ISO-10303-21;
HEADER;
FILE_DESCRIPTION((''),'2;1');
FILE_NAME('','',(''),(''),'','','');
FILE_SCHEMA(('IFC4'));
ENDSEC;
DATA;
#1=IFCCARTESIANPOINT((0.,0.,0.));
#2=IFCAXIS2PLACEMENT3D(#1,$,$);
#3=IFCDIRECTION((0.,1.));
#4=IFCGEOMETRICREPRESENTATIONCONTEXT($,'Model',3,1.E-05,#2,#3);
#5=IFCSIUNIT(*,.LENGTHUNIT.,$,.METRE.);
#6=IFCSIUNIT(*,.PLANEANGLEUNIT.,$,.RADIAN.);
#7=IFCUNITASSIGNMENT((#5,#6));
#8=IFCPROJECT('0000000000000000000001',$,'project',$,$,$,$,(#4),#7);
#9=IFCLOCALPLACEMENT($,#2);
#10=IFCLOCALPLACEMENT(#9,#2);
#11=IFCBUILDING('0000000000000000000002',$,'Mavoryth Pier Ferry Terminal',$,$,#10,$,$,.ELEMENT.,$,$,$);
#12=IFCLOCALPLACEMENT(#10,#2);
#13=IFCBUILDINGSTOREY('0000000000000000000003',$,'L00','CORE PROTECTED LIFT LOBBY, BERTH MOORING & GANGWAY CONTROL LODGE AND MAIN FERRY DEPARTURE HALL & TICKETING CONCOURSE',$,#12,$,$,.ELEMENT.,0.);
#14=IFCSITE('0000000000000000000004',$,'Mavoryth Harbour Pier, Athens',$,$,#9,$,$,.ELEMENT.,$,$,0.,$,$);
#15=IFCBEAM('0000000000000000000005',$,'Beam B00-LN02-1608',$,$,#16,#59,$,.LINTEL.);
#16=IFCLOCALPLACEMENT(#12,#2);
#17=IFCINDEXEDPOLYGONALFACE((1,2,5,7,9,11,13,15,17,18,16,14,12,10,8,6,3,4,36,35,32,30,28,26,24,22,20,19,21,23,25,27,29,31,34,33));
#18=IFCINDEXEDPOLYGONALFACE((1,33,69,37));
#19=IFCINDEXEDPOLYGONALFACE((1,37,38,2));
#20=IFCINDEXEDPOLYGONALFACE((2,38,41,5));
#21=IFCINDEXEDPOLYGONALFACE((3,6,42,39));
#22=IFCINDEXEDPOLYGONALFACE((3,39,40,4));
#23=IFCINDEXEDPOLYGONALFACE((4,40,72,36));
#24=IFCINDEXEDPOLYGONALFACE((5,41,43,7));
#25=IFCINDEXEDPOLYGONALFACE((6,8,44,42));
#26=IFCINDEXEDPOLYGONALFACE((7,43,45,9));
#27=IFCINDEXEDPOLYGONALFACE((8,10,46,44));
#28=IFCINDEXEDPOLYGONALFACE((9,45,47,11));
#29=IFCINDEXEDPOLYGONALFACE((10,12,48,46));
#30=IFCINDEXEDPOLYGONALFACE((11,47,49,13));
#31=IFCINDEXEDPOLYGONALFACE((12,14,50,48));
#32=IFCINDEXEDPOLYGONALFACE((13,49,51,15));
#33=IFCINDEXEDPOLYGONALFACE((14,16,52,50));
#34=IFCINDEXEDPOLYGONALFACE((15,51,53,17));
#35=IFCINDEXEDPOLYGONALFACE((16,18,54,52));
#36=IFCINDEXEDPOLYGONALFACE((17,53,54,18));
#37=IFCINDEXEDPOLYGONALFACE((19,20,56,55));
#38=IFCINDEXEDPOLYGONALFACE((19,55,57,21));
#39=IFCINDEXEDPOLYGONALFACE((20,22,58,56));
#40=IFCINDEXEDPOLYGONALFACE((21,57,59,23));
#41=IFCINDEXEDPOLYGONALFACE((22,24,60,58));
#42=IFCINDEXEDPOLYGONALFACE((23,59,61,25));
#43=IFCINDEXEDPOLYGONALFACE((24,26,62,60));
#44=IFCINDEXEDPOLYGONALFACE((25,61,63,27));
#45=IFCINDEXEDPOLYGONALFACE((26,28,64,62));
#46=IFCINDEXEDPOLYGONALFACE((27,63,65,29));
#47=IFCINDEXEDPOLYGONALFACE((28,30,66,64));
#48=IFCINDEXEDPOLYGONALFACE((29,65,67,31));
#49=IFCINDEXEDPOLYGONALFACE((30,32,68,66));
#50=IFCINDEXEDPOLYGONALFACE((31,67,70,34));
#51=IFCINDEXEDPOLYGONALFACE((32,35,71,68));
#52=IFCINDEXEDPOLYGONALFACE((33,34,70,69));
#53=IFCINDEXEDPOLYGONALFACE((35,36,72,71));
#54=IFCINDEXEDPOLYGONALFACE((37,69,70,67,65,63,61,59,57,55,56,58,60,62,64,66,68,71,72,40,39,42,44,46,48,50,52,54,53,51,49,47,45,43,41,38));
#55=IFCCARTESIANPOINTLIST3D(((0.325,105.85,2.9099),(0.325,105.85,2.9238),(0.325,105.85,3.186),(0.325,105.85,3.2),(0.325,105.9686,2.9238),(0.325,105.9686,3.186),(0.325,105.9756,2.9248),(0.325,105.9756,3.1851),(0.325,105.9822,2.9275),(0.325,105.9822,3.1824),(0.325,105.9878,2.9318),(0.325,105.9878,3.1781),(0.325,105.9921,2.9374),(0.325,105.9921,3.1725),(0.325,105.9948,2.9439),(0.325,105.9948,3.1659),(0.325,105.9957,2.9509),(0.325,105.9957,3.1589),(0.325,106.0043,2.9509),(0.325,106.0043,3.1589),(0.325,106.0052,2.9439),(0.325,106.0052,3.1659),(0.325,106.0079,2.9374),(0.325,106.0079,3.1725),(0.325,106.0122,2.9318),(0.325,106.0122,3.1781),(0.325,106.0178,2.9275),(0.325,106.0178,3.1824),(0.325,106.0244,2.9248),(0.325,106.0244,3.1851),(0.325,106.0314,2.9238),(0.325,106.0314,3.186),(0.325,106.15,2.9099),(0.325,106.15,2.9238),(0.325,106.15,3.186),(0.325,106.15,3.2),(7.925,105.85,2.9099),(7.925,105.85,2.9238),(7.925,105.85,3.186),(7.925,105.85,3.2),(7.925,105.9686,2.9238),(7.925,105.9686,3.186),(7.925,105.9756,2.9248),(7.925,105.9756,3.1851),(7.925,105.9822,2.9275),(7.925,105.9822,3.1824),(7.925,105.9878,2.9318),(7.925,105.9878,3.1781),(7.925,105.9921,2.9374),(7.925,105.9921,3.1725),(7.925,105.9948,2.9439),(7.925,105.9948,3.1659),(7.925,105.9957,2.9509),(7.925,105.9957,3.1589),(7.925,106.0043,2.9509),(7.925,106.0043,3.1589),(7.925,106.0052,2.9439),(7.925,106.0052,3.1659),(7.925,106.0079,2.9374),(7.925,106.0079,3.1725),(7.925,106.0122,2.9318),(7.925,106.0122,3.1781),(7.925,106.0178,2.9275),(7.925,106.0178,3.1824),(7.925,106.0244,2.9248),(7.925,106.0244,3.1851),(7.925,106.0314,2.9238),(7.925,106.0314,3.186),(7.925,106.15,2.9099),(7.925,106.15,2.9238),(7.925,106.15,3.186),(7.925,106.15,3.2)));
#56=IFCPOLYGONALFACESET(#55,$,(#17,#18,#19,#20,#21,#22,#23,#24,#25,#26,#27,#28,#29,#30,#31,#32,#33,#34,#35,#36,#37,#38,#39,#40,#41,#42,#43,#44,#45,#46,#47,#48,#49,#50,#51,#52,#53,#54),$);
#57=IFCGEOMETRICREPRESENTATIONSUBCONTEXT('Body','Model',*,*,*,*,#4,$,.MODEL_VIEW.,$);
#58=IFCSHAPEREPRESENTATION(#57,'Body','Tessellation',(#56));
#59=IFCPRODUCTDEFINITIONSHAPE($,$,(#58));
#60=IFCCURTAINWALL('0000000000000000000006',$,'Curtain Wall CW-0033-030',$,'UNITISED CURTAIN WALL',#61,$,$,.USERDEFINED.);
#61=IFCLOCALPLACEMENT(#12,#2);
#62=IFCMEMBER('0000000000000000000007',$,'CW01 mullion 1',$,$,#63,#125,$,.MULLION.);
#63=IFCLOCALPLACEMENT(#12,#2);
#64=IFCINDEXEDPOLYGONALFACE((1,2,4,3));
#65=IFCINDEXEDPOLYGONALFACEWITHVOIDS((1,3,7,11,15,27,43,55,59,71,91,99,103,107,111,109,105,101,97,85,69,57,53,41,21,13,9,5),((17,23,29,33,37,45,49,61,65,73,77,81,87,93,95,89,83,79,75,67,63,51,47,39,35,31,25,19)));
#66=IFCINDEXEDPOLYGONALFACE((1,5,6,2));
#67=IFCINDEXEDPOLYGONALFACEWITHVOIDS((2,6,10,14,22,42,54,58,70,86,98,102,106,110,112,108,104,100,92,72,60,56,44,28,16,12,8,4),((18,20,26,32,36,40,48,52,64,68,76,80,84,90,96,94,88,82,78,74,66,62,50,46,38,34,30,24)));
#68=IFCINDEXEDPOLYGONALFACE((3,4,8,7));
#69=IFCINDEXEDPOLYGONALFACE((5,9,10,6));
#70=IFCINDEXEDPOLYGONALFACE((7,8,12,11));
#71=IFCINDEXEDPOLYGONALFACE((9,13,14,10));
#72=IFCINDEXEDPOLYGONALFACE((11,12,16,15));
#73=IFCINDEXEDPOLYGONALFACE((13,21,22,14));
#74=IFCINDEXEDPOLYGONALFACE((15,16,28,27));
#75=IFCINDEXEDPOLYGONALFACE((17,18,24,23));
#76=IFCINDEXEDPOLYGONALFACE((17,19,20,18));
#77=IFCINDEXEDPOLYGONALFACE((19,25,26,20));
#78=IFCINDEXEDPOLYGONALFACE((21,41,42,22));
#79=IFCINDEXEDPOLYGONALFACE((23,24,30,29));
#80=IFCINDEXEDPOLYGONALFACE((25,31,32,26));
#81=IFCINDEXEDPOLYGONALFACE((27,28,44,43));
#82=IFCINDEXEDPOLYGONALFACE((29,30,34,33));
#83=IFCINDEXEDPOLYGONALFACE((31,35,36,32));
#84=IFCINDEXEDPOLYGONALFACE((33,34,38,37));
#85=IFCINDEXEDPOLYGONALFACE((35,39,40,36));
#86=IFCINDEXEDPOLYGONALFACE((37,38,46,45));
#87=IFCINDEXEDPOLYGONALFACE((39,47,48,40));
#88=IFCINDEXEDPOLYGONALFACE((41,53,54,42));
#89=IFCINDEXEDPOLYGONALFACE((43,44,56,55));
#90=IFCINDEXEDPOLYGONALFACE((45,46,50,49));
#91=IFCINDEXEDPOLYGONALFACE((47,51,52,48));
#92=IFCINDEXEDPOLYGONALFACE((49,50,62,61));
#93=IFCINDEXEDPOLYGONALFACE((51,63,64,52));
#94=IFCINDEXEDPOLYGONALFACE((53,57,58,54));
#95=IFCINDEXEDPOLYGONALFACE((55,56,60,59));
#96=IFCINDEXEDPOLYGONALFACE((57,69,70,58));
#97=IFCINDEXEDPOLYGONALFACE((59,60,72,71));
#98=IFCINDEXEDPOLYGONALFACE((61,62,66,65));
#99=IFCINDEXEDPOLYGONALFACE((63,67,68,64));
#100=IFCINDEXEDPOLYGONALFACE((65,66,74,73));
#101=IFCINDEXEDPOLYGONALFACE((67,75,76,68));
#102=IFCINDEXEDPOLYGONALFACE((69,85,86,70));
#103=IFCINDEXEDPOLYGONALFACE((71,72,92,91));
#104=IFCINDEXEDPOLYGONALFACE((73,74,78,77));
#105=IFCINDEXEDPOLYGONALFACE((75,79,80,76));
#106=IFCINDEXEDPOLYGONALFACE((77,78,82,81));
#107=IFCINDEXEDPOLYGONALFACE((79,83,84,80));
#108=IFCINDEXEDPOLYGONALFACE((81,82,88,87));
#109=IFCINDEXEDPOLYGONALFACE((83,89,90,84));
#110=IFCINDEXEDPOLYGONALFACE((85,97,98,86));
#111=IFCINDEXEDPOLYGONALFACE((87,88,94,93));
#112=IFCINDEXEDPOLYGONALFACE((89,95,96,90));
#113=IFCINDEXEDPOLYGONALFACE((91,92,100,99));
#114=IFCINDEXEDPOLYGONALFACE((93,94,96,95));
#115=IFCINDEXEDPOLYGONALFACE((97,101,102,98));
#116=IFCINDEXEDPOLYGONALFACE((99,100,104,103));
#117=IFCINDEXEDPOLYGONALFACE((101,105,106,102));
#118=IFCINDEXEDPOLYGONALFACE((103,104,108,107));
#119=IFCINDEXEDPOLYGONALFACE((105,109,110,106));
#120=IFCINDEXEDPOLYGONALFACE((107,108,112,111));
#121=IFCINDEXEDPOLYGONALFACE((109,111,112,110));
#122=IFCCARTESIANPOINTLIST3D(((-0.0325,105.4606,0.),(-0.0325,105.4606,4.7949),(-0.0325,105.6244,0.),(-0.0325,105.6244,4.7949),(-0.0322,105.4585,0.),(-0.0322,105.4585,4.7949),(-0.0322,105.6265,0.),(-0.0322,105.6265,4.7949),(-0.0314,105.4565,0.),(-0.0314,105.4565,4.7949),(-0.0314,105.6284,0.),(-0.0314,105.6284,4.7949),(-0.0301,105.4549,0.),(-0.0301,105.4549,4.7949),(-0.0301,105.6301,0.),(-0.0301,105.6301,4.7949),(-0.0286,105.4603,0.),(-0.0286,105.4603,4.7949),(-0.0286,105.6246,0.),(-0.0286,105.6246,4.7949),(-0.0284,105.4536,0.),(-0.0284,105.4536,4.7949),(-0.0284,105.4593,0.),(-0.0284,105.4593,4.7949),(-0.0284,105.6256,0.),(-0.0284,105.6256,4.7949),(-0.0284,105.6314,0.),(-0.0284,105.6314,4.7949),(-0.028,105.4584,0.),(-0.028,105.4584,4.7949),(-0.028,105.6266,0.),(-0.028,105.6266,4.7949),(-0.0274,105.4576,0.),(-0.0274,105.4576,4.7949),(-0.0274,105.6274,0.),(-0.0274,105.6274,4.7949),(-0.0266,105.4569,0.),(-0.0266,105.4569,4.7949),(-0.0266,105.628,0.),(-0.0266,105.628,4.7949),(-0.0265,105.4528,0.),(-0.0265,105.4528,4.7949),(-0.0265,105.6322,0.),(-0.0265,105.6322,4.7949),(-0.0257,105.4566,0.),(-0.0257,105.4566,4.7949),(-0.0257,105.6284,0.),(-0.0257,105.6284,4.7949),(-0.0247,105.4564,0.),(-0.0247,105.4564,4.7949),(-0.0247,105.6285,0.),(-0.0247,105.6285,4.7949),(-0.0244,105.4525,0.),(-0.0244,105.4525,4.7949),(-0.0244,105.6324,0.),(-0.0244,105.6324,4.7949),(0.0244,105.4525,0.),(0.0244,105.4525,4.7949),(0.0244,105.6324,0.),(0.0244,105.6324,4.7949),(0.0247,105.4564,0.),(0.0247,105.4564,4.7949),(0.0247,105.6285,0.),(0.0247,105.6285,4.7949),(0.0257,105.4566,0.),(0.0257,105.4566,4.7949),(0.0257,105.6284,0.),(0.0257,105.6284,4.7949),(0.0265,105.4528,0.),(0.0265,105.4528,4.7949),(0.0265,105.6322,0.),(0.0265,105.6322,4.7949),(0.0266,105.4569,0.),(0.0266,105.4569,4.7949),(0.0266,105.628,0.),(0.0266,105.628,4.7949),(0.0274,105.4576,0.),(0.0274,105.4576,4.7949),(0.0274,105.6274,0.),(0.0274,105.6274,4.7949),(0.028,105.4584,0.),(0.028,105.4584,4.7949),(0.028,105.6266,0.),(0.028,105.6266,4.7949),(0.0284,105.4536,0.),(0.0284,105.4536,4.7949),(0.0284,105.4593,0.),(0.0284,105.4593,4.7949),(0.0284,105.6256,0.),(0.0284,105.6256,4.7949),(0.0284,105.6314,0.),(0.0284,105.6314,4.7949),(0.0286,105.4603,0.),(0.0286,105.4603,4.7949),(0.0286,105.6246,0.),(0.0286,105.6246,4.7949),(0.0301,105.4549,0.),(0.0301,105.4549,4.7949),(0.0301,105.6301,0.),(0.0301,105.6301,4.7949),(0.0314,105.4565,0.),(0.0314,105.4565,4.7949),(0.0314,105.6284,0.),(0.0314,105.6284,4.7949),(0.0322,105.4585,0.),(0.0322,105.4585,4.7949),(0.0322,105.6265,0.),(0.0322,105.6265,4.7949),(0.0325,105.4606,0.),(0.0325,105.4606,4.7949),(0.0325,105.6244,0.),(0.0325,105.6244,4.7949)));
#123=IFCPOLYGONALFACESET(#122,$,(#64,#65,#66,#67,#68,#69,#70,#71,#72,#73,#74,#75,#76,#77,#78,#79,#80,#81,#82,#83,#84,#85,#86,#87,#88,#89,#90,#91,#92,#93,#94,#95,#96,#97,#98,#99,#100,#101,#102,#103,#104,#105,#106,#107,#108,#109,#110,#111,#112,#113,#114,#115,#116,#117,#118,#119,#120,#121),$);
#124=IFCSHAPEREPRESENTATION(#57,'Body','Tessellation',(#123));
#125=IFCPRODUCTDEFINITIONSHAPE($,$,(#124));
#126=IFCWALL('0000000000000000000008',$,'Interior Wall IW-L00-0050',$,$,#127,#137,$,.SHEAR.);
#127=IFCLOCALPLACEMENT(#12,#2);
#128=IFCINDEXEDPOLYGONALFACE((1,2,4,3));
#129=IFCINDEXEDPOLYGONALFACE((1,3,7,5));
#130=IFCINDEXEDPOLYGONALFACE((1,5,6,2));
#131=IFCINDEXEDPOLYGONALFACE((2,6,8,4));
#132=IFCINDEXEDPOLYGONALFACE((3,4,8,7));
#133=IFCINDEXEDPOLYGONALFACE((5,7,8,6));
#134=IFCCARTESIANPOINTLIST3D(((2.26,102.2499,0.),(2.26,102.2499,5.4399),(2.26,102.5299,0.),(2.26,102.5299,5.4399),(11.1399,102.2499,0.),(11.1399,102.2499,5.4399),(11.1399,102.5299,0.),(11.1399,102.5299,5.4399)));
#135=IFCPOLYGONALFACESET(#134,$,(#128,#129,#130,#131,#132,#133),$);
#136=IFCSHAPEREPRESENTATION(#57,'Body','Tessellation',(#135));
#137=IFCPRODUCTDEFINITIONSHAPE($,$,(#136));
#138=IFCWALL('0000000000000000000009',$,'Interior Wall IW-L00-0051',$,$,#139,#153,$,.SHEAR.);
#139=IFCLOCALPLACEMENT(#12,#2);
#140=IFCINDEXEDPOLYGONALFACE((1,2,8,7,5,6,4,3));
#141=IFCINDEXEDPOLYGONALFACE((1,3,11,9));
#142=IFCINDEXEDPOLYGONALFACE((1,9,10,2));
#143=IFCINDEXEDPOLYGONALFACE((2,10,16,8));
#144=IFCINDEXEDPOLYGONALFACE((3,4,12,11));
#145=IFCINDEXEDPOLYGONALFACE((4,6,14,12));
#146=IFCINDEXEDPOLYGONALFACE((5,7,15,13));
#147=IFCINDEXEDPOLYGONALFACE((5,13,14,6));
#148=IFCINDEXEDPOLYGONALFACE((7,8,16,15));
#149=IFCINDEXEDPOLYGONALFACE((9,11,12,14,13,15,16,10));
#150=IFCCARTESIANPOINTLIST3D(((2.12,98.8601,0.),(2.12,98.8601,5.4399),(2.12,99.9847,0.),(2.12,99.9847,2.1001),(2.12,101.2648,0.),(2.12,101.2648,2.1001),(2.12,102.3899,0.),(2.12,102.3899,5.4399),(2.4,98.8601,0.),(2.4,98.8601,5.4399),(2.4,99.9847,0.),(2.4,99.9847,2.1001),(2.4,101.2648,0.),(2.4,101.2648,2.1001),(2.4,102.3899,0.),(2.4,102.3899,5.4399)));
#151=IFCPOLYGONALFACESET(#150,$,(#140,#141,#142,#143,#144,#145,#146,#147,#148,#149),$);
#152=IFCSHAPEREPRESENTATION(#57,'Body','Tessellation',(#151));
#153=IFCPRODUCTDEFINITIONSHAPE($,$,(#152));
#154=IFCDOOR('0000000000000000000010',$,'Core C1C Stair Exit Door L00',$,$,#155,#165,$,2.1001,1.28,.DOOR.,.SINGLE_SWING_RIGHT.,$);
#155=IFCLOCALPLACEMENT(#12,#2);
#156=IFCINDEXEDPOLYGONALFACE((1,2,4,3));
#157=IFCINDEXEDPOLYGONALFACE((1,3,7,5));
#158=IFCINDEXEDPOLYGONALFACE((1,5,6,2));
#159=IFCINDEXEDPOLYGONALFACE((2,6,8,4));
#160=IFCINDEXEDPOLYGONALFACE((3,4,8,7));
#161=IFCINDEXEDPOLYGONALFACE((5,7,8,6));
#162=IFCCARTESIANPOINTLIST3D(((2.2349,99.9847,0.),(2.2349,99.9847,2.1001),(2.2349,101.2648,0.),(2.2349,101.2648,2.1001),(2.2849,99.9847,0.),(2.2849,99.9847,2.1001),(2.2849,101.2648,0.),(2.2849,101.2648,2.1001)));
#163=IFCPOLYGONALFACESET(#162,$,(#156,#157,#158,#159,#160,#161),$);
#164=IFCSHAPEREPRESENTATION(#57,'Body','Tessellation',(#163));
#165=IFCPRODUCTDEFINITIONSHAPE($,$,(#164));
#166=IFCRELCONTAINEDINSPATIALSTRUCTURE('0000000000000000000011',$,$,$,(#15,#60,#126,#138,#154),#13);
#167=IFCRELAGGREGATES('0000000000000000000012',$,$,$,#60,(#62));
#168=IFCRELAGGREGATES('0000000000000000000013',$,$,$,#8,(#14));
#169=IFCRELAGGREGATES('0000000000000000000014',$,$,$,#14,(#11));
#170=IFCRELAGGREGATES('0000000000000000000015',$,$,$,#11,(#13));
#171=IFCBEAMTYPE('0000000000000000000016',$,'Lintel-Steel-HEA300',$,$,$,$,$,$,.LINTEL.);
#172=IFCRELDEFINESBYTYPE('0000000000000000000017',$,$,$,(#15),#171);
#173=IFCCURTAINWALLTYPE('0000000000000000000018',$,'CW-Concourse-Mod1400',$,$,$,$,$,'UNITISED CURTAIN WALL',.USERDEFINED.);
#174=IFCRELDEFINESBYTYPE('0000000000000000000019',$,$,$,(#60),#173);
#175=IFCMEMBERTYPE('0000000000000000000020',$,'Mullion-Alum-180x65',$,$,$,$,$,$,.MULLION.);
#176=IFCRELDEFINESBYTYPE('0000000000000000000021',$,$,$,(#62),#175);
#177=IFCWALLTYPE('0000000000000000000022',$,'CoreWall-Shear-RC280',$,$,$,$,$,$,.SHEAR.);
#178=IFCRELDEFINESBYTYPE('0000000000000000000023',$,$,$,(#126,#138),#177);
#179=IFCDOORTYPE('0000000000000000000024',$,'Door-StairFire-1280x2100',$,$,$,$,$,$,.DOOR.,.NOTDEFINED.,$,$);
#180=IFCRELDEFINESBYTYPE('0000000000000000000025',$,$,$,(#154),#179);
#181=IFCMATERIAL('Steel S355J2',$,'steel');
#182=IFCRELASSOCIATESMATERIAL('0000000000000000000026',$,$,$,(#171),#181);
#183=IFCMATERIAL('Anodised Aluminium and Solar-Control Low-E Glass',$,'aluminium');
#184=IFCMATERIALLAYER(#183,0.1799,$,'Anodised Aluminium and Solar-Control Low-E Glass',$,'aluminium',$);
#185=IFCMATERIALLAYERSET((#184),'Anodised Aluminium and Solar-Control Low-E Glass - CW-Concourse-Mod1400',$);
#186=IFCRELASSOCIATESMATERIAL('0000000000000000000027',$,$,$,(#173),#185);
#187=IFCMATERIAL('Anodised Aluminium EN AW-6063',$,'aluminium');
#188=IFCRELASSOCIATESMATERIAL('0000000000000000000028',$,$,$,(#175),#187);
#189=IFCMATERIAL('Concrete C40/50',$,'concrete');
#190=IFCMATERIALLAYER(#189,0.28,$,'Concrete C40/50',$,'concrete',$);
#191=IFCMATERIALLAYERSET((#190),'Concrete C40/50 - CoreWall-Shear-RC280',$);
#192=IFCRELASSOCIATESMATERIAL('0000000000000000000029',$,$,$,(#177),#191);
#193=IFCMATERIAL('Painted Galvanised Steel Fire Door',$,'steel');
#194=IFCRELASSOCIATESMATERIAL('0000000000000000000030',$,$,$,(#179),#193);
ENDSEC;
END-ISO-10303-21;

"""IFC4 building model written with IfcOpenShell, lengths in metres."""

from ifc_helpers import new_model, si_unit, direction, frame, frame_2d, origin, origin_2d, place, context, subcontext, project, spatial, rectangle, hollow_rectangle, i_section, extrude, material, layer, layer_set, material_profile, profile_set, type_object, element, fill, aggregate, save


model = new_model("IFC4")

# Units and contexts
model_context = context("Model", 3, precision=1e-05, world=origin(), true_north=direction((0.0, 1.0)))
body_context = subcontext(model_context, "Body", "Model", "MODEL_VIEW")
ifc_project = project(units=[si_unit("LENGTHUNIT", "METRE"), si_unit("PLANEANGLEUNIT", "RADIAN")], contexts=[model_context])

# Site, building, storey
site_placement = place(None, origin())
site = spatial("IfcSite", under=ifc_project, at=site_placement, Name="Mavoryth Harbour Pier, Athens", CompositionType="ELEMENT", RefElevation=0.0)
building_placement = place(site_placement, origin())
building = spatial("IfcBuilding", under=site, at=building_placement, Name="Mavoryth Pier Ferry Terminal", CompositionType="ELEMENT")
storey_placement = place(building_placement, origin())
storey = spatial("IfcBuildingStorey", under=building, at=storey_placement, Name="L00", Description="CORE PROTECTED LIFT LOBBY, BERTH MOORING & GANGWAY CONTROL LODGE AND MAIN FERRY DEPARTURE HALL & TICKETING CONCOURSE", CompositionType="ELEMENT", Elevation=0.0)

# Shared definitions
ifc_material_1 = material(Name="Concrete C40/50", Category="concrete")

# Beam
ifc_material_2 = material(Name="Steel S355J2", Category="steel")
ifc_material_profile_1 = material_profile(ifc_material_2, i_section(OverallWidth=0.3, OverallDepth=0.29, WebThickness=0.0085, FlangeThickness=0.0139, FilletRadius=0.0271, at=origin_2d()), Name="HEA 300", Category="steel")
ifc_profile_set_1 = profile_set([ifc_material_profile_1], Name="Steel S355J2 - HEA 300")
beam_type = type_object("IfcBeamType", Name="Lintel-Steel-HEA300", PredefinedType="LINTEL", material=ifc_profile_set_1)
beam_placement = place(storey_placement, frame((0.325, 106.0, 3.0549), z_axis=(1.0, 0.0, 0.0), x_axis=(0.0, 1.0, 0.0)))
element("IfcBeam", 1, at=beam_placement, inside=storey, type_object=beam_type, Name="Beam B00-LN02-1608", PredefinedType="LINTEL", context=body_context, shape_type="SweptSolid", body=[
    extrude(i_section(OverallWidth=0.3, OverallDepth=0.29, WebThickness=0.0085, FlangeThickness=0.0139, FilletRadius=0.0271, at=origin_2d()), origin(), (0.0, 0.0, 1.0), 7.6001),
])

# Curtain wall, member
ifc_material_3 = material(Name="Anodised Aluminium and Solar-Control Low-E Glass", Category="aluminium")
ifc_layer_1 = layer(ifc_material_3, 0.1799, Name="Anodised Aluminium and Solar-Control Low-E Glass", Category="aluminium")
ifc_layer_set_1 = layer_set([ifc_layer_1], Name="Anodised Aluminium and Solar-Control Low-E Glass - CW-Concourse-Mod1400")
curtain_wall_type = type_object("IfcCurtainWallType", Name="CW-Concourse-Mod1400", ElementType="UNITISED CURTAIN WALL", PredefinedType="USERDEFINED", material=ifc_layer_set_1)
curtain_wall_placement = place(storey_placement, origin())
curtain_wall = element("IfcCurtainWall", 2, at=curtain_wall_placement, inside=storey, type_object=curtain_wall_type, Name="Curtain Wall CW-0033-030", ObjectType="UNITISED CURTAIN WALL", PredefinedType="USERDEFINED")
ifc_material_4 = material(Name="Anodised Aluminium EN AW-6063", Category="aluminium")
ifc_material_profile_2 = material_profile(ifc_material_4, hollow_rectangle(XDim=0.0649, YDim=0.1799, WallThickness=0.0039, InnerFilletRadius=0.0039, OuterFilletRadius=0.0081, at=origin_2d()), Name="AL-MULL 180x65x4", Category="aluminium")
ifc_profile_set_2 = profile_set([ifc_material_profile_2], Name="Anodised Aluminium EN AW-6063 - AL-MULL 180x65x4")
member_type = type_object("IfcMemberType", Name="Mullion-Alum-180x65", PredefinedType="MULLION", material=ifc_profile_set_2)
member_placement = place(storey_placement, frame((0.0, 105.5425, 0.0), z_axis=(0.0, 0.0, 1.0), x_axis=(1.0, 0.0, 0.0)))
member = element("IfcMember", 3, at=member_placement, type_object=member_type, Name="CW01 mullion 1", PredefinedType="MULLION", context=body_context, shape_type="SweptSolid", body=[
    extrude(hollow_rectangle(XDim=0.0649, YDim=0.1799, WallThickness=0.0039, InnerFilletRadius=0.0039, OuterFilletRadius=0.0081, at=origin_2d()), origin(), (0.0, 0.0, 1.0), 4.7949),
])
aggregate(curtain_wall, [member])

# Wall
ifc_layer_2 = layer(ifc_material_1, 0.28, Name="Concrete C40/50", Category="concrete")
ifc_layer_set_2 = layer_set([ifc_layer_2], Name="Concrete C40/50 - CoreWall-Shear-RC280")
wall_type_1 = type_object("IfcWallType", Name="CoreWall-Shear-RC280", PredefinedType="SHEAR", material=ifc_layer_set_2)
wall_1_placement = place(storey_placement, frame((2.26, 102.3899, 0.0), z_axis=(0.0, 0.0, 1.0), x_axis=(1.0, 0.0, 0.0)))
element("IfcWall", 4, at=wall_1_placement, inside=storey, type_object=wall_type_1, Name="Interior Wall IW-L00-0050", PredefinedType="SHEAR", context=body_context, shape_type="SweptSolid", body=[
    extrude(rectangle(XDim=8.8799, YDim=0.28, at=frame_2d((4.4399, 0.0))), origin(), (0.0, 0.0, 1.0), 5.4399),
])

# Wall, opening, door
wall_2_placement = place(storey_placement, frame((2.26, 102.3899, 0.0), z_axis=(0.0, 0.0, 1.0), x_axis=(0.0, -1.0, 0.0)))
wall_2 = element("IfcWall", 5, at=wall_2_placement, inside=storey, type_object=wall_type_1, Name="Interior Wall IW-L00-0051", PredefinedType="SHEAR", context=body_context, shape_type="SweptSolid", body=[
    extrude(rectangle(XDim=3.5298, YDim=0.28, at=frame_2d((1.7649, 0.0))), origin(), (0.0, 0.0, 1.0), 5.4399),
])
opening_1_placement = place(wall_2_placement, frame((1.125, 0.0, 0.0)))
opening_1 = element("IfcOpeningElement", 6, at=opening_1_placement, cuts=wall_2, PredefinedType="OPENING", context=body_context, shape_type="SweptSolid", body=[
    extrude(rectangle(XDim=1.28, YDim=2.1001, at=frame_2d((0.6401, 1.05))), frame((0.0, 0.1499, 0.0), z_axis=(0.0, -1.0, 0.0), x_axis=(1.0, 0.0, 0.0)), (0.0, 0.0, 1.0), 0.3),
])
ifc_material_5 = material(Name="Painted Galvanised Steel Fire Door", Category="steel")
door_type_1 = type_object("IfcDoorType", Name="Door-StairFire-1280x2100", OperationType="NOTDEFINED", PredefinedType="DOOR", material=ifc_material_5)
door_1_placement = place(opening_1_placement, origin())
door_1 = element("IfcDoor", 7, at=door_1_placement, inside=storey, type_object=door_type_1, Name="Core C1C Stair Exit Door L00", OperationType="SINGLE_SWING_RIGHT", OverallHeight=2.1001, OverallWidth=1.28, PredefinedType="DOOR", context=body_context, shape_type="SweptSolid", body=[
    extrude(rectangle(XDim=1.28, YDim=2.1001, at=frame_2d((0.6401, 1.05))), frame((0.0, 0.0249, 0.0), z_axis=(0.0, -1.0, 0.0), x_axis=(1.0, 0.0, 0.0)), (0.0, 0.0, 1.0), 0.05),
])
fill(opening_1, door_1)

save(model, "model.ifc")
